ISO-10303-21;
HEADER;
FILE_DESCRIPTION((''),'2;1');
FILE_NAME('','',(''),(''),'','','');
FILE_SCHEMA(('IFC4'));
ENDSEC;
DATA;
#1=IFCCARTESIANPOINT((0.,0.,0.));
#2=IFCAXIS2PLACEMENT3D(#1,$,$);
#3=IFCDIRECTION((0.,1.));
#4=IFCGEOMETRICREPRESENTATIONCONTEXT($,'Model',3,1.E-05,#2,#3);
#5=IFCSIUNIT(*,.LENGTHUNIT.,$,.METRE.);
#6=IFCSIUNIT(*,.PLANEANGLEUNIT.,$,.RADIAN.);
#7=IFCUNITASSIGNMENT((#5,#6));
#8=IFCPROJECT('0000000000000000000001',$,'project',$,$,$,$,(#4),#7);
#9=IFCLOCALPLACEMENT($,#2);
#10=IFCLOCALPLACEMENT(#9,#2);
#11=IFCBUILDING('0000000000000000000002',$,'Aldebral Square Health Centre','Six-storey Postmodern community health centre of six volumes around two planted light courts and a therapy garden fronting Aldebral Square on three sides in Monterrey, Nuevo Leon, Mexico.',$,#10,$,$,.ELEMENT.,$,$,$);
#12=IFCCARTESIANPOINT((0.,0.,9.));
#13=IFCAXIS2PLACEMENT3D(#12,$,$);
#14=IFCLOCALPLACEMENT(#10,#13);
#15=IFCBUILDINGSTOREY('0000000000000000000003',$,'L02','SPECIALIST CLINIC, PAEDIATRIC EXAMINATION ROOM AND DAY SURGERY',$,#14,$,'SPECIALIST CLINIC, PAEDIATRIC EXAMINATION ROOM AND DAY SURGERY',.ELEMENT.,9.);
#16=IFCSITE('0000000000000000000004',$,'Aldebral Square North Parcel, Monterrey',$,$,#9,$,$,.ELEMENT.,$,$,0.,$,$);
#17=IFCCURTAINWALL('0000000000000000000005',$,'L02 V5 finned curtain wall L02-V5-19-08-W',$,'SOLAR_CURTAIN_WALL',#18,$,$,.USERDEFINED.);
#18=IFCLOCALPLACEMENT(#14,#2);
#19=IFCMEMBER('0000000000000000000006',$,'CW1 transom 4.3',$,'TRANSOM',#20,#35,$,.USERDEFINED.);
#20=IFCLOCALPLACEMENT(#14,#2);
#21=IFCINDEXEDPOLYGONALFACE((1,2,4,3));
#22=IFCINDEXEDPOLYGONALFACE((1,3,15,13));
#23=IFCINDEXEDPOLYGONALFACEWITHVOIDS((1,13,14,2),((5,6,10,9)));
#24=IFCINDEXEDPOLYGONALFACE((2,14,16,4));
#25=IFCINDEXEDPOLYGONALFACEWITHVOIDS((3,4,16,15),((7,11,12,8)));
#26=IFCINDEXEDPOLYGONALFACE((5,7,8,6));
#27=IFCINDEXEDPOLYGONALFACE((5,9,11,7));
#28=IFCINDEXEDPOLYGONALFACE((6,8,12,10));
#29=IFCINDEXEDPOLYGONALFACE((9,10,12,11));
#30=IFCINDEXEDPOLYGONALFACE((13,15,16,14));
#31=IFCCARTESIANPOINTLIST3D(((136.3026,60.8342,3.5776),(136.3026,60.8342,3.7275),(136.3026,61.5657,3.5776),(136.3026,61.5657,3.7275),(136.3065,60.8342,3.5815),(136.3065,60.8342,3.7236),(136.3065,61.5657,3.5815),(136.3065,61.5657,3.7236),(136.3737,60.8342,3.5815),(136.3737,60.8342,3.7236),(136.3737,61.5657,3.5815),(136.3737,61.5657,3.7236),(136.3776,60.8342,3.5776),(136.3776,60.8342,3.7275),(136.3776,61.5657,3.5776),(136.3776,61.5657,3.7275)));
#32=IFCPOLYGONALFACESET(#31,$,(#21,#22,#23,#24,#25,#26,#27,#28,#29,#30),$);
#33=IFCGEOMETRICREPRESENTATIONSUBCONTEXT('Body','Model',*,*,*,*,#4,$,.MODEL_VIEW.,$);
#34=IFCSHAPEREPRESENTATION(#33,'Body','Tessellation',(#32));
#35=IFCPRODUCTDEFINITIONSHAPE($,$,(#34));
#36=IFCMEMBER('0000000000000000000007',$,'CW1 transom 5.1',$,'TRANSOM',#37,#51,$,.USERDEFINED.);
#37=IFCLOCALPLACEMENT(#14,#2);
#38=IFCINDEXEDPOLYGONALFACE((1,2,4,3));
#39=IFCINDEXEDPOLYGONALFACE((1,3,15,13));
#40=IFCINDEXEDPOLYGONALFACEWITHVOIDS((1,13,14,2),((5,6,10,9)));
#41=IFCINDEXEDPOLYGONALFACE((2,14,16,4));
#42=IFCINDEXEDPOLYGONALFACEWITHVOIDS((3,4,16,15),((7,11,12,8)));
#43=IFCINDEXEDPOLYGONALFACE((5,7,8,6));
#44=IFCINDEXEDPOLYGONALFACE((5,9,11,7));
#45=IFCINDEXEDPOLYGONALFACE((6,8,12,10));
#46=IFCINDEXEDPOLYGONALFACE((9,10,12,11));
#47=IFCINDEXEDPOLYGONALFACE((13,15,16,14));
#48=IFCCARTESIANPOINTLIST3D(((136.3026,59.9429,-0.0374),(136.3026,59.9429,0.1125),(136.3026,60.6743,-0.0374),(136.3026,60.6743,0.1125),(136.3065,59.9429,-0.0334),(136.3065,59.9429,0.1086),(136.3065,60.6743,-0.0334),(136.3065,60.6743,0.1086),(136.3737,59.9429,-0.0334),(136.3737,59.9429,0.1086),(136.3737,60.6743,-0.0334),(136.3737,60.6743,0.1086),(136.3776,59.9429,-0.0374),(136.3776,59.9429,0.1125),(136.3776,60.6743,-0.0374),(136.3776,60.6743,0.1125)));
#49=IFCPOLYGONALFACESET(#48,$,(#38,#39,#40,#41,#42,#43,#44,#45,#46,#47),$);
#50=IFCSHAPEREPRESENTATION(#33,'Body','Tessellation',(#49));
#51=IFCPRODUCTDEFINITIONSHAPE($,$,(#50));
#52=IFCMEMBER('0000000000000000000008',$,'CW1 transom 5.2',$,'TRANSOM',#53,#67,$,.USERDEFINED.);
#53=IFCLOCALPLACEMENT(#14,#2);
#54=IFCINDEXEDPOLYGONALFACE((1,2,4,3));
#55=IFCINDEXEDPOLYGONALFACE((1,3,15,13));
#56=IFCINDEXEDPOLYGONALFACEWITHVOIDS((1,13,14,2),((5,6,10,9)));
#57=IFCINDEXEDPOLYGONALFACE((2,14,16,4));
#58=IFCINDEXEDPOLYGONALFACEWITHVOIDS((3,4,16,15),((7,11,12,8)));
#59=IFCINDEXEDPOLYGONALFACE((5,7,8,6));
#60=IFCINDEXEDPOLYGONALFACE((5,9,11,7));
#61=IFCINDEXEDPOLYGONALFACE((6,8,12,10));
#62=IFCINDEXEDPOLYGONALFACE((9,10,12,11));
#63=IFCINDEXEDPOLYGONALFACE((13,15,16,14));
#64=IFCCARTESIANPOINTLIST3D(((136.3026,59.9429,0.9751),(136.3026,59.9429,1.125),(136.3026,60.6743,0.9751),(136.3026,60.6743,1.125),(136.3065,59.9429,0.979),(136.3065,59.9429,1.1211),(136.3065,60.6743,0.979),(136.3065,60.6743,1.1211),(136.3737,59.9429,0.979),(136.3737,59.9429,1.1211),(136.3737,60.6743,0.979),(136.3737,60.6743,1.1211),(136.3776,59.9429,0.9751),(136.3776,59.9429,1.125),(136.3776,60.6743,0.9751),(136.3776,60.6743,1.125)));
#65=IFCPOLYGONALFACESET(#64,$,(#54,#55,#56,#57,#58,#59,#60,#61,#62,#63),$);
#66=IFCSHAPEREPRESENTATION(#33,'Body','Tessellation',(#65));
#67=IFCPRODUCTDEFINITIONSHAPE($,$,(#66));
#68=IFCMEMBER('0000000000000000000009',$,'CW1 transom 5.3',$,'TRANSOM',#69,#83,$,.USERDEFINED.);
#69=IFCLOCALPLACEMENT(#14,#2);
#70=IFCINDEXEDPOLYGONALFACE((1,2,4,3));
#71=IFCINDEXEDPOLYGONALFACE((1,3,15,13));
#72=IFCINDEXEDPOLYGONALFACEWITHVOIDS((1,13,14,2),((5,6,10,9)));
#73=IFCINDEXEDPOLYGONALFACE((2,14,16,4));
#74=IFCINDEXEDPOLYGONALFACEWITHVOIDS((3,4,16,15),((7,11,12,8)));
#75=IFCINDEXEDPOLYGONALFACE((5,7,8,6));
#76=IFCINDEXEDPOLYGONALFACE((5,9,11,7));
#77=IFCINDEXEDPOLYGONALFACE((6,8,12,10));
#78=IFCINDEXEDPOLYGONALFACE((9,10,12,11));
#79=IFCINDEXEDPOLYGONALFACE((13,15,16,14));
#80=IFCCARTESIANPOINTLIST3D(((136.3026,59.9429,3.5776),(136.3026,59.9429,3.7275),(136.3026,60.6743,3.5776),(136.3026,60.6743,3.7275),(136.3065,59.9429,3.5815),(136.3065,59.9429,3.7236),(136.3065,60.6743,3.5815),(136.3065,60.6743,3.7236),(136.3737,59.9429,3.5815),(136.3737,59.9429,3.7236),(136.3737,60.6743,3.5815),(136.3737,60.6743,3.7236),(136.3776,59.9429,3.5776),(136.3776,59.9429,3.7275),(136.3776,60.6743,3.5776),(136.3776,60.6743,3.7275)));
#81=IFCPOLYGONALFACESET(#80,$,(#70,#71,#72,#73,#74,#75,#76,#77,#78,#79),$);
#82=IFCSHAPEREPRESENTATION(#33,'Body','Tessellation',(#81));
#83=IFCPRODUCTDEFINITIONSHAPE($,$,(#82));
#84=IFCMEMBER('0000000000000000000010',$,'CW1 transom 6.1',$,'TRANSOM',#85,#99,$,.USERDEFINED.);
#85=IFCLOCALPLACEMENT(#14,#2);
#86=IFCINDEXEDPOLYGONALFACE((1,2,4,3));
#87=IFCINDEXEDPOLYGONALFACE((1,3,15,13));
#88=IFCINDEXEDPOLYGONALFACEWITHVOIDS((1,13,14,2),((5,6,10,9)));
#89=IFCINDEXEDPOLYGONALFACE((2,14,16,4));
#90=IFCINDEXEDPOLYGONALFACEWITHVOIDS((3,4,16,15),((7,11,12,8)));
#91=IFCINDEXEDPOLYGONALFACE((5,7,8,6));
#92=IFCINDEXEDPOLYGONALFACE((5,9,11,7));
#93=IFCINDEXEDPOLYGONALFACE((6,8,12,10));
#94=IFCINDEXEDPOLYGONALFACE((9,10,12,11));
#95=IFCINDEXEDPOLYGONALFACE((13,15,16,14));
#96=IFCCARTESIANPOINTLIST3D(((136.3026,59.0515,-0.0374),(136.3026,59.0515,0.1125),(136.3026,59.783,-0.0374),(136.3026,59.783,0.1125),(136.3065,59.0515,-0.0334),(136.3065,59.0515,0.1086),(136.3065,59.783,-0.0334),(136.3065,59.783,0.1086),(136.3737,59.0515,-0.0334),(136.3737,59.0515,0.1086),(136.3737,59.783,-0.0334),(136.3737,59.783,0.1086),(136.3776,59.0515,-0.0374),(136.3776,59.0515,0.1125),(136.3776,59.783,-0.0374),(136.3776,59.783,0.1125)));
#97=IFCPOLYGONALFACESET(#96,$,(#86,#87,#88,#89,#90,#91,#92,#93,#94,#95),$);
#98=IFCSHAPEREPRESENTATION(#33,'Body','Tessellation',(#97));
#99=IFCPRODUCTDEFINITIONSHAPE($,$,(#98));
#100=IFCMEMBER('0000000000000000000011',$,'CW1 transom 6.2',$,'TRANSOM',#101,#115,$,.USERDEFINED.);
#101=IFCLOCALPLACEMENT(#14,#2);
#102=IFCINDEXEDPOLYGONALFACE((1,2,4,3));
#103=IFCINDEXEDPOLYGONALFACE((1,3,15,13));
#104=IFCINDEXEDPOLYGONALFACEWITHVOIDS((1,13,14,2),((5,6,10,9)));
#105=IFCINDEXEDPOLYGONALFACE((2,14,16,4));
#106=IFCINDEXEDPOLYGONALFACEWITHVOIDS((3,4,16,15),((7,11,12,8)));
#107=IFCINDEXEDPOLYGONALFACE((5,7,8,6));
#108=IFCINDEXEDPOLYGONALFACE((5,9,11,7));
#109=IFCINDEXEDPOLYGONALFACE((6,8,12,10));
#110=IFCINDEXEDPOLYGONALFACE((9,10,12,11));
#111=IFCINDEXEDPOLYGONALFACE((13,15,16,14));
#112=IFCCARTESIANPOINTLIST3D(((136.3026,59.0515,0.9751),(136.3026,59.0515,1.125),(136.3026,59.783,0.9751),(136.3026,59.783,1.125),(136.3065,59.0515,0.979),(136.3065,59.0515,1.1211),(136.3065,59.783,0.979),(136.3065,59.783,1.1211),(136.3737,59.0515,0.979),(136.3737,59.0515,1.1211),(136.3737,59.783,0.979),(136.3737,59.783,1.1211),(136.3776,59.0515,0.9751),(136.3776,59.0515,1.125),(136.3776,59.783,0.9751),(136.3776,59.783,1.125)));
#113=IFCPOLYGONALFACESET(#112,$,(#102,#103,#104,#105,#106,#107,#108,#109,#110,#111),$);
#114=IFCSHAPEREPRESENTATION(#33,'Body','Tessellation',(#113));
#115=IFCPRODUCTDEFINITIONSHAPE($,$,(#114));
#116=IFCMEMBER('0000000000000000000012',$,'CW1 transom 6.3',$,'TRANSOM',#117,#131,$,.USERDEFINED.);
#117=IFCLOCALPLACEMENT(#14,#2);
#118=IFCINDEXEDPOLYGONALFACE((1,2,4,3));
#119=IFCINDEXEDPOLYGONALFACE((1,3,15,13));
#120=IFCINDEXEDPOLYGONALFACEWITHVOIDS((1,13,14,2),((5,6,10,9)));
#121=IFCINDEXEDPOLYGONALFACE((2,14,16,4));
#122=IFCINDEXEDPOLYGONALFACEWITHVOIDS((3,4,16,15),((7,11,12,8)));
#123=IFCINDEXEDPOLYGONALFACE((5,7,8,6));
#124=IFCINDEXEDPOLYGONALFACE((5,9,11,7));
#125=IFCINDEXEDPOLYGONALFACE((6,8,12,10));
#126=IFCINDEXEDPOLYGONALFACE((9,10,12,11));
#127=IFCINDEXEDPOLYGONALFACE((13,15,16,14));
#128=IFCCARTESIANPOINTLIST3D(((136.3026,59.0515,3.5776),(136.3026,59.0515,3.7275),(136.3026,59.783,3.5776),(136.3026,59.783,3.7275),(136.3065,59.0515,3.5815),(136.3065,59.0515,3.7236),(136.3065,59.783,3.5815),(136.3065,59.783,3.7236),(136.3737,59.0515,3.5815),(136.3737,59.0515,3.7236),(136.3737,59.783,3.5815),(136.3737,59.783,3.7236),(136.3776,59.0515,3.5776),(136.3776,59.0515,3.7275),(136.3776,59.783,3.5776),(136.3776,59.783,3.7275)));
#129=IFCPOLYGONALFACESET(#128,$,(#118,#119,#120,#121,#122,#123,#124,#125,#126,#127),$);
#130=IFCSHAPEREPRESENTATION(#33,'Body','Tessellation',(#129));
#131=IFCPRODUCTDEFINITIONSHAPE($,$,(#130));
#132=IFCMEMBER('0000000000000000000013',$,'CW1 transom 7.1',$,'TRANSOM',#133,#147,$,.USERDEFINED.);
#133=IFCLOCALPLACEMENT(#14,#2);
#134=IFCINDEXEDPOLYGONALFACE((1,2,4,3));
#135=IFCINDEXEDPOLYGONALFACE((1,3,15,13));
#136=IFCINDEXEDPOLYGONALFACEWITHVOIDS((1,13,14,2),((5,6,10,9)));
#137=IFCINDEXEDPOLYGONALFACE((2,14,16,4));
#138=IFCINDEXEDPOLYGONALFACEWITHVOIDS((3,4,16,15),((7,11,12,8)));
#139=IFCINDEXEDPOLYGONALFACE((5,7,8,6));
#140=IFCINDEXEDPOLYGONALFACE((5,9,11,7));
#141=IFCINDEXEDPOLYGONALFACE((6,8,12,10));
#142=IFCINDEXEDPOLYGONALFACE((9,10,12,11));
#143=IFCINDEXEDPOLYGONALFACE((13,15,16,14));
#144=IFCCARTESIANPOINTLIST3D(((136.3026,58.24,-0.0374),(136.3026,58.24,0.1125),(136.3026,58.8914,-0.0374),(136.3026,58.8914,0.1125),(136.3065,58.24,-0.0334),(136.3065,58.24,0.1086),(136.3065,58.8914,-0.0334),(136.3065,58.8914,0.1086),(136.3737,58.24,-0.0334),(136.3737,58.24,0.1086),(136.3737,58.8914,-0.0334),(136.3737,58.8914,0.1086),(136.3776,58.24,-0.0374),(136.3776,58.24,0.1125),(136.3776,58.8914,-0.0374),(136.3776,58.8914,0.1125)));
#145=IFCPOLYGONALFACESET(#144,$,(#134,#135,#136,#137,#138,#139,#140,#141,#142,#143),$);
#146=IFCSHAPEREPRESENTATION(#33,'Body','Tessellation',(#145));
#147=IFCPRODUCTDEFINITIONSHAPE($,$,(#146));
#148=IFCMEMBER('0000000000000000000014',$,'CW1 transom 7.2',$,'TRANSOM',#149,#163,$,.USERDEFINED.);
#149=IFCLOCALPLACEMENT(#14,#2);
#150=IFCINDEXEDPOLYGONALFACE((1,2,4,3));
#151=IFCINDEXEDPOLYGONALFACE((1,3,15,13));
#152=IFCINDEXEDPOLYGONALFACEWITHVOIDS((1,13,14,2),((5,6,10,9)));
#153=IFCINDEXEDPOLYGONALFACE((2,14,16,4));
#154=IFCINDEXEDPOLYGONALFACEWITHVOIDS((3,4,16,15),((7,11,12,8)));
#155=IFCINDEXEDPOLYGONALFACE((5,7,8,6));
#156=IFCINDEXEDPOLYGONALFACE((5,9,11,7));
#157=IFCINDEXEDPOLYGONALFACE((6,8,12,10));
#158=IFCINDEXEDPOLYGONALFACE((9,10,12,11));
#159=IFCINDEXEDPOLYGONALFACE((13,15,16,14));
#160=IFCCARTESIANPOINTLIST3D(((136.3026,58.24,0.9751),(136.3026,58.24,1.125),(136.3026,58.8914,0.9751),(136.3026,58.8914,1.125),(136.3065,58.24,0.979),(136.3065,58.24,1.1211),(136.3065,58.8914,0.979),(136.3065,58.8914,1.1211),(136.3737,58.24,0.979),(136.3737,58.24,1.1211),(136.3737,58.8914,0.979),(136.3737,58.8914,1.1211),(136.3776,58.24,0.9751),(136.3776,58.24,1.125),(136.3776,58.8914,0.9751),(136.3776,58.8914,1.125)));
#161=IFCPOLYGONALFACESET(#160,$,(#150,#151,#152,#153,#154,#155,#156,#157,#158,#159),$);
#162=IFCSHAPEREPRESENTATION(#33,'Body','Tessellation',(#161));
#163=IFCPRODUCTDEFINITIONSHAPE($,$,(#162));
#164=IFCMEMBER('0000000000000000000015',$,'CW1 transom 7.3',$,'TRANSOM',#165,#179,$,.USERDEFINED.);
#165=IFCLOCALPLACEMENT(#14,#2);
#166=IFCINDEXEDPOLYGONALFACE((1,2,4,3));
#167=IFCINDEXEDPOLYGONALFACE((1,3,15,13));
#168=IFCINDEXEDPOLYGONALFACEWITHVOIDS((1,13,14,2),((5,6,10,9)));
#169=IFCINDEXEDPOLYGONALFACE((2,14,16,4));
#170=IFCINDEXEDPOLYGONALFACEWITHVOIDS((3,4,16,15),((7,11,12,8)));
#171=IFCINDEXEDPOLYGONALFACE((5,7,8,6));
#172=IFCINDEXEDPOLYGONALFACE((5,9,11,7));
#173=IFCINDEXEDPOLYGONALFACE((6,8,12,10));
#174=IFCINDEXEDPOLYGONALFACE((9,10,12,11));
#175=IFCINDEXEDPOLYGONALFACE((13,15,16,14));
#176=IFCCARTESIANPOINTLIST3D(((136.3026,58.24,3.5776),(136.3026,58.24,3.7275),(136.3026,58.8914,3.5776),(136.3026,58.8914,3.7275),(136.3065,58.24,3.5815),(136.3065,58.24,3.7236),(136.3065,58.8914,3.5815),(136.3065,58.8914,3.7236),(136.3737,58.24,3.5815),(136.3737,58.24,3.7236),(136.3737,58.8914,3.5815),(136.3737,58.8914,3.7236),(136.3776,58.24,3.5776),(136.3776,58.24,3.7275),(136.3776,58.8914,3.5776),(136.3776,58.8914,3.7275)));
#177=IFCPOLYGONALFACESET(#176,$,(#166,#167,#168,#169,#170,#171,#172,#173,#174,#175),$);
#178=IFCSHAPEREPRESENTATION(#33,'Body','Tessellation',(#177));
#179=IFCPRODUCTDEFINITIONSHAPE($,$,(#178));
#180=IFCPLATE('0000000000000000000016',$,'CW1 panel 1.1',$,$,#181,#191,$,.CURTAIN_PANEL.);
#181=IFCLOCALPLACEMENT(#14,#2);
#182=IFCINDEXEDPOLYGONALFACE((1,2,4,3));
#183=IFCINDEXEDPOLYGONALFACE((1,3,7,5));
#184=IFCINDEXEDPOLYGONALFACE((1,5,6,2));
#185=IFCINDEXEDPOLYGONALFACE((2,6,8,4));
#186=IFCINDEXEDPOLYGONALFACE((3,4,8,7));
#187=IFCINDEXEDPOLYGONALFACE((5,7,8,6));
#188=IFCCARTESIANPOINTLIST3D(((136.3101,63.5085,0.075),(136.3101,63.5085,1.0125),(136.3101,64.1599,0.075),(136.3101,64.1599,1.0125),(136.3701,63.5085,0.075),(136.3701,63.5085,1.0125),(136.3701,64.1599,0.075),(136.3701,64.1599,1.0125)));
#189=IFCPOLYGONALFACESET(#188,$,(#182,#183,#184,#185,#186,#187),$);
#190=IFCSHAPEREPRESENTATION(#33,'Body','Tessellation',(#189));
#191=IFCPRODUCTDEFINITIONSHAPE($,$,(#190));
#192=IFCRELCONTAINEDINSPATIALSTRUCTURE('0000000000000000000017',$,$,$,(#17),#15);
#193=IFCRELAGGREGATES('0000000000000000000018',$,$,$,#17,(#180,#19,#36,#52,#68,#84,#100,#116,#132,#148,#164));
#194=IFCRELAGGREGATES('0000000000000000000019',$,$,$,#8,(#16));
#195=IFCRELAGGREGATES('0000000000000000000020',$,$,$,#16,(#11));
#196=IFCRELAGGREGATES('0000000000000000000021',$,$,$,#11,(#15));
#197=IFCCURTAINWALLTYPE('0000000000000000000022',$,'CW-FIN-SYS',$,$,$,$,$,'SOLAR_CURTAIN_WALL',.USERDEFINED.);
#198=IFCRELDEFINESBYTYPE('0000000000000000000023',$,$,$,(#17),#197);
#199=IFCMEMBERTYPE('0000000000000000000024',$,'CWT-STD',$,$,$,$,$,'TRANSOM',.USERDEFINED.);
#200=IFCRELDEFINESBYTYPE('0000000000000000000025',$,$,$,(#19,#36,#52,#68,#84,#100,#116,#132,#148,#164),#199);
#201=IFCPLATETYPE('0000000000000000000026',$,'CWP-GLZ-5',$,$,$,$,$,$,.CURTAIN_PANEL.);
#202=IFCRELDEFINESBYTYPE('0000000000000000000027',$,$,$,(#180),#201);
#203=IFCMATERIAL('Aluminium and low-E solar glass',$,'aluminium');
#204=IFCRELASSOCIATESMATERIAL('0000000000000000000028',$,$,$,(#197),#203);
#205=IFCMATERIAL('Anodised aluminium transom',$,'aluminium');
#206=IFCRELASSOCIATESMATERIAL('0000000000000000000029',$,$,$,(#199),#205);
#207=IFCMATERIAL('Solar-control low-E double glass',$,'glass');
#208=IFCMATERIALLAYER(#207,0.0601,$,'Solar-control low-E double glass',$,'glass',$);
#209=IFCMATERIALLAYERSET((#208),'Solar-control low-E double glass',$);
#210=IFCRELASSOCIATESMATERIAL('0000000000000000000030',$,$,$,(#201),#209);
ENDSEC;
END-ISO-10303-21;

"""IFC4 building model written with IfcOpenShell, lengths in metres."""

from ifc_helpers import new_model, si_unit, direction, frame, origin, origin_2d, place, context, subcontext, project, spatial, rectangle, hollow_rectangle, extrude, material, layer, layer_set, material_profile, profile_set, type_object, element, aggregate, save


model = new_model("IFC4")

# Units and contexts
model_context = context("Model", 3, precision=1e-05, world=origin(), true_north=direction((0.0, 1.0)))
body_context = subcontext(model_context, "Body", "Model", "MODEL_VIEW")
ifc_project = project(units=[si_unit("LENGTHUNIT", "METRE"), si_unit("PLANEANGLEUNIT", "RADIAN")], contexts=[model_context])

# Site, building, storey
site_placement = place(None, origin())
site = spatial("IfcSite", under=ifc_project, at=site_placement, Name="Aldebral Square North Parcel, Monterrey", CompositionType="ELEMENT", RefElevation=0.0)
building_placement = place(site_placement, origin())
building = spatial("IfcBuilding", under=site, at=building_placement, Name="Aldebral Square Health Centre", Description="Six-storey Postmodern community health centre of six volumes around two planted light courts and a therapy garden fronting Aldebral Square on three sides in Monterrey, Nuevo Leon, Mexico.", CompositionType="ELEMENT")
storey_placement = place(building_placement, frame((0.0, 0.0, 9.0)))
storey = spatial("IfcBuildingStorey", under=building, at=storey_placement, Name="L02", Description="SPECIALIST CLINIC, PAEDIATRIC EXAMINATION ROOM AND DAY SURGERY", LongName="SPECIALIST CLINIC, PAEDIATRIC EXAMINATION ROOM AND DAY SURGERY", CompositionType="ELEMENT", Elevation=9.0)

# Curtain wall, members, plate
ifc_material_1 = material(Name="Aluminium and low-E solar glass", Category="aluminium")
curtain_wall_type = type_object("IfcCurtainWallType", Name="CW-FIN-SYS", ElementType="SOLAR_CURTAIN_WALL", PredefinedType="USERDEFINED", material=ifc_material_1)
curtain_wall_placement = place(storey_placement, origin())
curtain_wall = element("IfcCurtainWall", 1, at=curtain_wall_placement, inside=storey, type_object=curtain_wall_type, Name="L02 V5 finned curtain wall L02-V5-19-08-W", ObjectType="SOLAR_CURTAIN_WALL", PredefinedType="USERDEFINED")
ifc_material_2 = material(Name="Anodised aluminium transom", Category="aluminium")
ifc_material_profile = material_profile(ifc_material_2, hollow_rectangle(XDim=0.075, YDim=0.1499, WallThickness=0.0039, at=origin_2d()), Name="CWT 75x150x4")
ifc_profile_set = profile_set([ifc_material_profile], Name="Anodised aluminium transom")
member_type = type_object("IfcMemberType", Name="CWT-STD", ElementType="TRANSOM", PredefinedType="USERDEFINED", material=ifc_profile_set)
member_1_placement = place(storey_placement, frame((136.3401, 61.5657, 3.6526), z_axis=(0.0, -1.0, 0.0), x_axis=(1.0, 0.0, 0.0)))
member_1 = element("IfcMember", 2, at=member_1_placement, type_object=member_type, Name="CW1 transom 4.3", ObjectType="TRANSOM", PredefinedType="USERDEFINED", context=body_context, shape_type="SweptSolid", body=[
    extrude(hollow_rectangle(XDim=0.075, YDim=0.1499, WallThickness=0.0039, at=origin_2d()), origin(), (0.0, 0.0, 1.0), 0.7314),
])
member_2_placement = place(storey_placement, frame((136.3401, 60.6743, 0.0376), z_axis=(0.0, -1.0, 0.0), x_axis=(1.0, 0.0, 0.0)))
member_2 = element("IfcMember", 3, at=member_2_placement, type_object=member_type, Name="CW1 transom 5.1", ObjectType="TRANSOM", PredefinedType="USERDEFINED", context=body_context, shape_type="SweptSolid", body=[
    extrude(hollow_rectangle(XDim=0.075, YDim=0.1499, WallThickness=0.0039, at=origin_2d()), origin(), (0.0, 0.0, 1.0), 0.7314),
])
member_3_placement = place(storey_placement, frame((136.3401, 60.6743, 1.05), z_axis=(0.0, -1.0, 0.0), x_axis=(1.0, 0.0, 0.0)))
member_3 = element("IfcMember", 4, at=member_3_placement, type_object=member_type, Name="CW1 transom 5.2", ObjectType="TRANSOM", PredefinedType="USERDEFINED", context=body_context, shape_type="SweptSolid", body=[
    extrude(hollow_rectangle(XDim=0.075, YDim=0.1499, WallThickness=0.0039, at=origin_2d()), origin(), (0.0, 0.0, 1.0), 0.7314),
])
member_4_placement = place(storey_placement, frame((136.3401, 60.6743, 3.6526), z_axis=(0.0, -1.0, 0.0), x_axis=(1.0, 0.0, 0.0)))
member_4 = element("IfcMember", 5, at=member_4_placement, type_object=member_type, Name="CW1 transom 5.3", ObjectType="TRANSOM", PredefinedType="USERDEFINED", context=body_context, shape_type="SweptSolid", body=[
    extrude(hollow_rectangle(XDim=0.075, YDim=0.1499, WallThickness=0.0039, at=origin_2d()), origin(), (0.0, 0.0, 1.0), 0.7314),
])
member_5_placement = place(storey_placement, frame((136.3401, 59.783, 0.0376), z_axis=(0.0, -1.0, 0.0), x_axis=(1.0, 0.0, 0.0)))
member_5 = element("IfcMember", 6, at=member_5_placement, type_object=member_type, Name="CW1 transom 6.1", ObjectType="TRANSOM", PredefinedType="USERDEFINED", context=body_context, shape_type="SweptSolid", body=[
    extrude(hollow_rectangle(XDim=0.075, YDim=0.1499, WallThickness=0.0039, at=origin_2d()), origin(), (0.0, 0.0, 1.0), 0.7314),
])
member_6_placement = place(storey_placement, frame((136.3401, 59.783, 1.05), z_axis=(0.0, -1.0, 0.0), x_axis=(1.0, 0.0, 0.0)))
member_6 = element("IfcMember", 7, at=member_6_placement, type_object=member_type, Name="CW1 transom 6.2", ObjectType="TRANSOM", PredefinedType="USERDEFINED", context=body_context, shape_type="SweptSolid", body=[
    extrude(hollow_rectangle(XDim=0.075, YDim=0.1499, WallThickness=0.0039, at=origin_2d()), origin(), (0.0, 0.0, 1.0), 0.7314),
])
member_7_placement = place(storey_placement, frame((136.3401, 59.783, 3.6526), z_axis=(0.0, -1.0, 0.0), x_axis=(1.0, 0.0, 0.0)))
member_7 = element("IfcMember", 8, at=member_7_placement, type_object=member_type, Name="CW1 transom 6.3", ObjectType="TRANSOM", PredefinedType="USERDEFINED", context=body_context, shape_type="SweptSolid", body=[
    extrude(hollow_rectangle(XDim=0.075, YDim=0.1499, WallThickness=0.0039, at=origin_2d()), origin(), (0.0, 0.0, 1.0), 0.7314),
])
member_8_placement = place(storey_placement, frame((136.3401, 58.8914, 0.0376), z_axis=(0.0, -1.0, 0.0), x_axis=(1.0, 0.0, 0.0)))
member_8 = element("IfcMember", 9, at=member_8_placement, type_object=member_type, Name="CW1 transom 7.1", ObjectType="TRANSOM", PredefinedType="USERDEFINED", context=body_context, shape_type="SweptSolid", body=[
    extrude(hollow_rectangle(XDim=0.075, YDim=0.1499, WallThickness=0.0039, at=origin_2d()), origin(), (0.0, 0.0, 1.0), 0.6514),
])
member_9_placement = place(storey_placement, frame((136.3401, 58.8914, 1.05), z_axis=(0.0, -1.0, 0.0), x_axis=(1.0, 0.0, 0.0)))
member_9 = element("IfcMember", 10, at=member_9_placement, type_object=member_type, Name="CW1 transom 7.2", ObjectType="TRANSOM", PredefinedType="USERDEFINED", context=body_context, shape_type="SweptSolid", body=[
    extrude(hollow_rectangle(XDim=0.075, YDim=0.1499, WallThickness=0.0039, at=origin_2d()), origin(), (0.0, 0.0, 1.0), 0.6514),
])
member_10_placement = place(storey_placement, frame((136.3401, 58.8914, 3.6526), z_axis=(0.0, -1.0, 0.0), x_axis=(1.0, 0.0, 0.0)))
member_10 = element("IfcMember", 11, at=member_10_placement, type_object=member_type, Name="CW1 transom 7.3", ObjectType="TRANSOM", PredefinedType="USERDEFINED", context=body_context, shape_type="SweptSolid", body=[
    extrude(hollow_rectangle(XDim=0.075, YDim=0.1499, WallThickness=0.0039, at=origin_2d()), origin(), (0.0, 0.0, 1.0), 0.6514),
])
ifc_material_3 = material(Name="Solar-control low-E double glass", Category="glass")
ifc_layer = layer(ifc_material_3, 0.0601, Name="Solar-control low-E double glass", Category="glass")
ifc_layer_set = layer_set([ifc_layer], Name="Solar-control low-E double glass")
plate_type = type_object("IfcPlateType", Name="CWP-GLZ-5", PredefinedType="CURTAIN_PANEL", material=ifc_layer_set)
plate_1_placement = place(storey_placement, frame((136.3401, 63.8342, 0.075), z_axis=(0.0, 0.0, 1.0), x_axis=(0.0, -1.0, 0.0)))
plate_1 = element("IfcPlate", 12, at=plate_1_placement, type_object=plate_type, Name="CW1 panel 1.1", PredefinedType="CURTAIN_PANEL", context=body_context, shape_type="SweptSolid", body=[
    extrude(rectangle(XDim=0.6514, YDim=0.0601, at=origin_2d()), origin(), (0.0, 0.0, 1.0), 0.9375),
])
aggregate(curtain_wall, [plate_1, member_1, member_2, member_3, member_4, member_5, member_6, member_7, member_8, member_9, member_10])

save(model, "model.ifc")
